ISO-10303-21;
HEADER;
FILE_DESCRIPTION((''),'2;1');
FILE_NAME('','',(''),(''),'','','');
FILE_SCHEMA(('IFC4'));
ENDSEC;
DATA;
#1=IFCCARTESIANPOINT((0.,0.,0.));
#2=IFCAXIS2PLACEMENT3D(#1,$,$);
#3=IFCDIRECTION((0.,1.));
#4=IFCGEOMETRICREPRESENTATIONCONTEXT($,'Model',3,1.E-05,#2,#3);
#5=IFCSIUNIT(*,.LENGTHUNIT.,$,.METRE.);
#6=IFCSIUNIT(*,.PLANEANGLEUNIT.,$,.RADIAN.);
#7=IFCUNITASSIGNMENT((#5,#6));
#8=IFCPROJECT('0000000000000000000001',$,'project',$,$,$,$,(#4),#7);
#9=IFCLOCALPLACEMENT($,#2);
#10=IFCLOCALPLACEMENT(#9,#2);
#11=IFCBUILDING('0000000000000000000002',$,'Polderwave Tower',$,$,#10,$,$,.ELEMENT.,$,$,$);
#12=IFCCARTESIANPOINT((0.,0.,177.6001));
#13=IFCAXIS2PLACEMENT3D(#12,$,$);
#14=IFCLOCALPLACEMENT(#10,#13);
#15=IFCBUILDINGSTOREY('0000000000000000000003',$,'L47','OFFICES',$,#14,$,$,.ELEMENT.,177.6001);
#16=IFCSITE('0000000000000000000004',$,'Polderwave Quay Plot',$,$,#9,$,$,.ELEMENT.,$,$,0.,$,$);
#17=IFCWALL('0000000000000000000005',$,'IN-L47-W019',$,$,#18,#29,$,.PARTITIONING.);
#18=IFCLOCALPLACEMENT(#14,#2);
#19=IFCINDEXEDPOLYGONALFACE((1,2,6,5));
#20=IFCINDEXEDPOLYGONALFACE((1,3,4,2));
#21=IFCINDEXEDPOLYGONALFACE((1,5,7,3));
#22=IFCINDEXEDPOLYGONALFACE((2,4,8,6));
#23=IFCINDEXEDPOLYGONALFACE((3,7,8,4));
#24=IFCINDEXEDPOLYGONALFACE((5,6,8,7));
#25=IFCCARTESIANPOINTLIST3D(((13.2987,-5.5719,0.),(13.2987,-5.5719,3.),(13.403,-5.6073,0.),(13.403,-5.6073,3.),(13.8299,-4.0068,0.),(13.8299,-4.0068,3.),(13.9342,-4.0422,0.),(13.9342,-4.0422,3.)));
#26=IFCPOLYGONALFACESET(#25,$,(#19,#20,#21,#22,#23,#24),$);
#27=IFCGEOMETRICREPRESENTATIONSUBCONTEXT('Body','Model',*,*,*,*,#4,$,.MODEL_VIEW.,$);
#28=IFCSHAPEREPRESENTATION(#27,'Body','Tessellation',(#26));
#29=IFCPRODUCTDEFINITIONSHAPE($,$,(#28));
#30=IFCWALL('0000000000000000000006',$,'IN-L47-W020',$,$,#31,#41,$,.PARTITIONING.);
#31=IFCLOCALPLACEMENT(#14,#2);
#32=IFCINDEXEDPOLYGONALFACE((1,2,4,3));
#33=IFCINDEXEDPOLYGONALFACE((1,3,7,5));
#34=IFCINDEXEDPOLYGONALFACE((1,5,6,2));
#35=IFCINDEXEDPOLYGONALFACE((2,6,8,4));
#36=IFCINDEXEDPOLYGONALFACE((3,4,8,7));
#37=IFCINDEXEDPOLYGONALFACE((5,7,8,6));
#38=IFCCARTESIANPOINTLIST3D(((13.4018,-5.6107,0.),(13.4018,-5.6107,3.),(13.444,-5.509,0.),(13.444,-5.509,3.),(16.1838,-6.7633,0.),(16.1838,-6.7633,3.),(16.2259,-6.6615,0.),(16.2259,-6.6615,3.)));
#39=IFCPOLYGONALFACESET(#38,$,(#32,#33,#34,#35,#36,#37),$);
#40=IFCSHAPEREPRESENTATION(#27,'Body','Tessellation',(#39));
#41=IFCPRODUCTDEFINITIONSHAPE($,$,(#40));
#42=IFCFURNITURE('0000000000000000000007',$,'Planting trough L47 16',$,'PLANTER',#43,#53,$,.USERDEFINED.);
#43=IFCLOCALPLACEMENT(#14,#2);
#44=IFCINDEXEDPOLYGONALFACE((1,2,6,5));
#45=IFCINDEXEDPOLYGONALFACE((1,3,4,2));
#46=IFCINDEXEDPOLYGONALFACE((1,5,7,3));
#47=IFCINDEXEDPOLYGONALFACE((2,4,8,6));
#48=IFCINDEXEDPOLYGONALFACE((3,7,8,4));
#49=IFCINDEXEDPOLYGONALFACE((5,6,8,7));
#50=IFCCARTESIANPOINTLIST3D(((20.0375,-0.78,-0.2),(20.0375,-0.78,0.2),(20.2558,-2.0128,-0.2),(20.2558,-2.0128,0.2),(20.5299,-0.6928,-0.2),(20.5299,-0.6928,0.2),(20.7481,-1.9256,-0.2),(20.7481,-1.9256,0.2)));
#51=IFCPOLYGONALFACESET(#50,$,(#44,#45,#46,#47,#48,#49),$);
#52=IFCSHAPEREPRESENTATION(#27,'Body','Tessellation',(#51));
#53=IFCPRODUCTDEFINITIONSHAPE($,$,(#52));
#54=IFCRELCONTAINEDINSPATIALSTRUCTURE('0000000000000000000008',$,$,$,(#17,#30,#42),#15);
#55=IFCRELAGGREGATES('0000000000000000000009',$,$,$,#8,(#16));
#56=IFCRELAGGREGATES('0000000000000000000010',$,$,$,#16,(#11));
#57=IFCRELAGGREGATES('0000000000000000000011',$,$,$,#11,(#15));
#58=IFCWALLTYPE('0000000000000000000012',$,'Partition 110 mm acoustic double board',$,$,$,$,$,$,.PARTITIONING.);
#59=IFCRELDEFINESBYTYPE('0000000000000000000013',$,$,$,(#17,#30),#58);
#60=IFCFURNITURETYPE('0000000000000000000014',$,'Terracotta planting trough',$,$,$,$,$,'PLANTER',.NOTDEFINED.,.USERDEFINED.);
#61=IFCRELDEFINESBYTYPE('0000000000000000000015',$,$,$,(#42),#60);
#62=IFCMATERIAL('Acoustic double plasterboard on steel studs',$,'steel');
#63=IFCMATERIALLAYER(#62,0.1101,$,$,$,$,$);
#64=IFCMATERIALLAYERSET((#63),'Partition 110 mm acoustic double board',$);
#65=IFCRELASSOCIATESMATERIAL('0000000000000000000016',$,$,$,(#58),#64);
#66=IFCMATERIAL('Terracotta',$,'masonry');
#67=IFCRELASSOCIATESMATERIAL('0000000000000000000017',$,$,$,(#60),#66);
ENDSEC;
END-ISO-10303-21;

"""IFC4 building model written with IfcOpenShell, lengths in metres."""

from ifc_helpers import new_model, si_unit, direction, frame, frame_2d, origin, origin_2d, place, context, subcontext, project, spatial, rectangle, extrude, material, layer, layer_set, type_object, element, save


model = new_model("IFC4")

# Units and contexts
model_context = context("Model", 3, precision=1e-05, world=origin(), true_north=direction((0.0, 1.0)))
body_context = subcontext(model_context, "Body", "Model", "MODEL_VIEW")
ifc_project = project(units=[si_unit("LENGTHUNIT", "METRE"), si_unit("PLANEANGLEUNIT", "RADIAN")], contexts=[model_context])

# Site, building, storey
site_placement = place(None, origin())
site = spatial("IfcSite", under=ifc_project, at=site_placement, Name="Polderwave Quay Plot", CompositionType="ELEMENT", RefElevation=0.0)
building_placement = place(site_placement, origin())
building = spatial("IfcBuilding", under=site, at=building_placement, Name="Polderwave Tower", CompositionType="ELEMENT")
storey_placement = place(building_placement, frame((0.0, 0.0, 177.6001)))
storey = spatial("IfcBuildingStorey", under=building, at=storey_placement, Name="L47", Description="OFFICES", CompositionType="ELEMENT", Elevation=177.6001)

# Walls
ifc_material_1 = material(Name="Acoustic double plasterboard on steel studs", Category="steel")
ifc_layer_1 = layer(ifc_material_1, 0.1101)
ifc_layer_set_1 = layer_set([ifc_layer_1], Name="Partition 110 mm acoustic double board")
wall_type_1 = type_object("IfcWallType", Name="Partition 110 mm acoustic double board", PredefinedType="PARTITIONING", material=ifc_layer_set_1)
wall_1_placement = place(storey_placement, frame((13.3508, -5.5896, 0.0), z_axis=(0.0, 0.0, 1.0), x_axis=(0.321408, 0.946941, 0.0)))
element("IfcWall", 1, at=wall_1_placement, inside=storey, type_object=wall_type_1, Name="IN-L47-W019", PredefinedType="PARTITIONING", context=body_context, shape_type="SweptSolid", body=[
    extrude(rectangle(XDim=1.6528, YDim=0.1101, at=frame_2d((0.8264, 0.0))), origin(), (0.0, 0.0, 1.0), 3.0),
])
wall_2_placement = place(storey_placement, frame((16.2048, -6.7124, 0.0), z_axis=(0.0, 0.0, 1.0), x_axis=(-0.92385, 0.382755, 0.0)))
element("IfcWall", 2, at=wall_2_placement, inside=storey, type_object=wall_type_1, Name="IN-L47-W020", PredefinedType="PARTITIONING", context=body_context, shape_type="SweptSolid", body=[
    extrude(rectangle(XDim=3.0112, YDim=0.1101, at=frame_2d((1.5056, 0.0))), origin(), (0.0, 0.0, 1.0), 3.0),
])

# Furniture
ifc_material_2 = material(Name="Terracotta", Category="masonry")
furniture_type = type_object("IfcFurnitureType", Name="Terracotta planting trough", ElementType="PLANTER", AssemblyPlace="NOTDEFINED", PredefinedType="USERDEFINED", material=ifc_material_2)
furniture_placement = place(storey_placement, frame((20.3928, -1.3528, -0.2), z_axis=(0.0, 0.0, 1.0), x_axis=(-0.174341, 0.984685, 0.0)))
element("IfcFurniture", 3, at=furniture_placement, inside=storey, type_object=furniture_type, Name="Planting trough L47 16", ObjectType="PLANTER", PredefinedType="USERDEFINED", context=body_context, shape_type="SweptSolid", body=[
    extrude(rectangle(XDim=1.252, YDim=0.5, at=origin_2d()), origin(), (0.0, 0.0, 1.0), 0.3999),
])

save(model, "model.ifc")
